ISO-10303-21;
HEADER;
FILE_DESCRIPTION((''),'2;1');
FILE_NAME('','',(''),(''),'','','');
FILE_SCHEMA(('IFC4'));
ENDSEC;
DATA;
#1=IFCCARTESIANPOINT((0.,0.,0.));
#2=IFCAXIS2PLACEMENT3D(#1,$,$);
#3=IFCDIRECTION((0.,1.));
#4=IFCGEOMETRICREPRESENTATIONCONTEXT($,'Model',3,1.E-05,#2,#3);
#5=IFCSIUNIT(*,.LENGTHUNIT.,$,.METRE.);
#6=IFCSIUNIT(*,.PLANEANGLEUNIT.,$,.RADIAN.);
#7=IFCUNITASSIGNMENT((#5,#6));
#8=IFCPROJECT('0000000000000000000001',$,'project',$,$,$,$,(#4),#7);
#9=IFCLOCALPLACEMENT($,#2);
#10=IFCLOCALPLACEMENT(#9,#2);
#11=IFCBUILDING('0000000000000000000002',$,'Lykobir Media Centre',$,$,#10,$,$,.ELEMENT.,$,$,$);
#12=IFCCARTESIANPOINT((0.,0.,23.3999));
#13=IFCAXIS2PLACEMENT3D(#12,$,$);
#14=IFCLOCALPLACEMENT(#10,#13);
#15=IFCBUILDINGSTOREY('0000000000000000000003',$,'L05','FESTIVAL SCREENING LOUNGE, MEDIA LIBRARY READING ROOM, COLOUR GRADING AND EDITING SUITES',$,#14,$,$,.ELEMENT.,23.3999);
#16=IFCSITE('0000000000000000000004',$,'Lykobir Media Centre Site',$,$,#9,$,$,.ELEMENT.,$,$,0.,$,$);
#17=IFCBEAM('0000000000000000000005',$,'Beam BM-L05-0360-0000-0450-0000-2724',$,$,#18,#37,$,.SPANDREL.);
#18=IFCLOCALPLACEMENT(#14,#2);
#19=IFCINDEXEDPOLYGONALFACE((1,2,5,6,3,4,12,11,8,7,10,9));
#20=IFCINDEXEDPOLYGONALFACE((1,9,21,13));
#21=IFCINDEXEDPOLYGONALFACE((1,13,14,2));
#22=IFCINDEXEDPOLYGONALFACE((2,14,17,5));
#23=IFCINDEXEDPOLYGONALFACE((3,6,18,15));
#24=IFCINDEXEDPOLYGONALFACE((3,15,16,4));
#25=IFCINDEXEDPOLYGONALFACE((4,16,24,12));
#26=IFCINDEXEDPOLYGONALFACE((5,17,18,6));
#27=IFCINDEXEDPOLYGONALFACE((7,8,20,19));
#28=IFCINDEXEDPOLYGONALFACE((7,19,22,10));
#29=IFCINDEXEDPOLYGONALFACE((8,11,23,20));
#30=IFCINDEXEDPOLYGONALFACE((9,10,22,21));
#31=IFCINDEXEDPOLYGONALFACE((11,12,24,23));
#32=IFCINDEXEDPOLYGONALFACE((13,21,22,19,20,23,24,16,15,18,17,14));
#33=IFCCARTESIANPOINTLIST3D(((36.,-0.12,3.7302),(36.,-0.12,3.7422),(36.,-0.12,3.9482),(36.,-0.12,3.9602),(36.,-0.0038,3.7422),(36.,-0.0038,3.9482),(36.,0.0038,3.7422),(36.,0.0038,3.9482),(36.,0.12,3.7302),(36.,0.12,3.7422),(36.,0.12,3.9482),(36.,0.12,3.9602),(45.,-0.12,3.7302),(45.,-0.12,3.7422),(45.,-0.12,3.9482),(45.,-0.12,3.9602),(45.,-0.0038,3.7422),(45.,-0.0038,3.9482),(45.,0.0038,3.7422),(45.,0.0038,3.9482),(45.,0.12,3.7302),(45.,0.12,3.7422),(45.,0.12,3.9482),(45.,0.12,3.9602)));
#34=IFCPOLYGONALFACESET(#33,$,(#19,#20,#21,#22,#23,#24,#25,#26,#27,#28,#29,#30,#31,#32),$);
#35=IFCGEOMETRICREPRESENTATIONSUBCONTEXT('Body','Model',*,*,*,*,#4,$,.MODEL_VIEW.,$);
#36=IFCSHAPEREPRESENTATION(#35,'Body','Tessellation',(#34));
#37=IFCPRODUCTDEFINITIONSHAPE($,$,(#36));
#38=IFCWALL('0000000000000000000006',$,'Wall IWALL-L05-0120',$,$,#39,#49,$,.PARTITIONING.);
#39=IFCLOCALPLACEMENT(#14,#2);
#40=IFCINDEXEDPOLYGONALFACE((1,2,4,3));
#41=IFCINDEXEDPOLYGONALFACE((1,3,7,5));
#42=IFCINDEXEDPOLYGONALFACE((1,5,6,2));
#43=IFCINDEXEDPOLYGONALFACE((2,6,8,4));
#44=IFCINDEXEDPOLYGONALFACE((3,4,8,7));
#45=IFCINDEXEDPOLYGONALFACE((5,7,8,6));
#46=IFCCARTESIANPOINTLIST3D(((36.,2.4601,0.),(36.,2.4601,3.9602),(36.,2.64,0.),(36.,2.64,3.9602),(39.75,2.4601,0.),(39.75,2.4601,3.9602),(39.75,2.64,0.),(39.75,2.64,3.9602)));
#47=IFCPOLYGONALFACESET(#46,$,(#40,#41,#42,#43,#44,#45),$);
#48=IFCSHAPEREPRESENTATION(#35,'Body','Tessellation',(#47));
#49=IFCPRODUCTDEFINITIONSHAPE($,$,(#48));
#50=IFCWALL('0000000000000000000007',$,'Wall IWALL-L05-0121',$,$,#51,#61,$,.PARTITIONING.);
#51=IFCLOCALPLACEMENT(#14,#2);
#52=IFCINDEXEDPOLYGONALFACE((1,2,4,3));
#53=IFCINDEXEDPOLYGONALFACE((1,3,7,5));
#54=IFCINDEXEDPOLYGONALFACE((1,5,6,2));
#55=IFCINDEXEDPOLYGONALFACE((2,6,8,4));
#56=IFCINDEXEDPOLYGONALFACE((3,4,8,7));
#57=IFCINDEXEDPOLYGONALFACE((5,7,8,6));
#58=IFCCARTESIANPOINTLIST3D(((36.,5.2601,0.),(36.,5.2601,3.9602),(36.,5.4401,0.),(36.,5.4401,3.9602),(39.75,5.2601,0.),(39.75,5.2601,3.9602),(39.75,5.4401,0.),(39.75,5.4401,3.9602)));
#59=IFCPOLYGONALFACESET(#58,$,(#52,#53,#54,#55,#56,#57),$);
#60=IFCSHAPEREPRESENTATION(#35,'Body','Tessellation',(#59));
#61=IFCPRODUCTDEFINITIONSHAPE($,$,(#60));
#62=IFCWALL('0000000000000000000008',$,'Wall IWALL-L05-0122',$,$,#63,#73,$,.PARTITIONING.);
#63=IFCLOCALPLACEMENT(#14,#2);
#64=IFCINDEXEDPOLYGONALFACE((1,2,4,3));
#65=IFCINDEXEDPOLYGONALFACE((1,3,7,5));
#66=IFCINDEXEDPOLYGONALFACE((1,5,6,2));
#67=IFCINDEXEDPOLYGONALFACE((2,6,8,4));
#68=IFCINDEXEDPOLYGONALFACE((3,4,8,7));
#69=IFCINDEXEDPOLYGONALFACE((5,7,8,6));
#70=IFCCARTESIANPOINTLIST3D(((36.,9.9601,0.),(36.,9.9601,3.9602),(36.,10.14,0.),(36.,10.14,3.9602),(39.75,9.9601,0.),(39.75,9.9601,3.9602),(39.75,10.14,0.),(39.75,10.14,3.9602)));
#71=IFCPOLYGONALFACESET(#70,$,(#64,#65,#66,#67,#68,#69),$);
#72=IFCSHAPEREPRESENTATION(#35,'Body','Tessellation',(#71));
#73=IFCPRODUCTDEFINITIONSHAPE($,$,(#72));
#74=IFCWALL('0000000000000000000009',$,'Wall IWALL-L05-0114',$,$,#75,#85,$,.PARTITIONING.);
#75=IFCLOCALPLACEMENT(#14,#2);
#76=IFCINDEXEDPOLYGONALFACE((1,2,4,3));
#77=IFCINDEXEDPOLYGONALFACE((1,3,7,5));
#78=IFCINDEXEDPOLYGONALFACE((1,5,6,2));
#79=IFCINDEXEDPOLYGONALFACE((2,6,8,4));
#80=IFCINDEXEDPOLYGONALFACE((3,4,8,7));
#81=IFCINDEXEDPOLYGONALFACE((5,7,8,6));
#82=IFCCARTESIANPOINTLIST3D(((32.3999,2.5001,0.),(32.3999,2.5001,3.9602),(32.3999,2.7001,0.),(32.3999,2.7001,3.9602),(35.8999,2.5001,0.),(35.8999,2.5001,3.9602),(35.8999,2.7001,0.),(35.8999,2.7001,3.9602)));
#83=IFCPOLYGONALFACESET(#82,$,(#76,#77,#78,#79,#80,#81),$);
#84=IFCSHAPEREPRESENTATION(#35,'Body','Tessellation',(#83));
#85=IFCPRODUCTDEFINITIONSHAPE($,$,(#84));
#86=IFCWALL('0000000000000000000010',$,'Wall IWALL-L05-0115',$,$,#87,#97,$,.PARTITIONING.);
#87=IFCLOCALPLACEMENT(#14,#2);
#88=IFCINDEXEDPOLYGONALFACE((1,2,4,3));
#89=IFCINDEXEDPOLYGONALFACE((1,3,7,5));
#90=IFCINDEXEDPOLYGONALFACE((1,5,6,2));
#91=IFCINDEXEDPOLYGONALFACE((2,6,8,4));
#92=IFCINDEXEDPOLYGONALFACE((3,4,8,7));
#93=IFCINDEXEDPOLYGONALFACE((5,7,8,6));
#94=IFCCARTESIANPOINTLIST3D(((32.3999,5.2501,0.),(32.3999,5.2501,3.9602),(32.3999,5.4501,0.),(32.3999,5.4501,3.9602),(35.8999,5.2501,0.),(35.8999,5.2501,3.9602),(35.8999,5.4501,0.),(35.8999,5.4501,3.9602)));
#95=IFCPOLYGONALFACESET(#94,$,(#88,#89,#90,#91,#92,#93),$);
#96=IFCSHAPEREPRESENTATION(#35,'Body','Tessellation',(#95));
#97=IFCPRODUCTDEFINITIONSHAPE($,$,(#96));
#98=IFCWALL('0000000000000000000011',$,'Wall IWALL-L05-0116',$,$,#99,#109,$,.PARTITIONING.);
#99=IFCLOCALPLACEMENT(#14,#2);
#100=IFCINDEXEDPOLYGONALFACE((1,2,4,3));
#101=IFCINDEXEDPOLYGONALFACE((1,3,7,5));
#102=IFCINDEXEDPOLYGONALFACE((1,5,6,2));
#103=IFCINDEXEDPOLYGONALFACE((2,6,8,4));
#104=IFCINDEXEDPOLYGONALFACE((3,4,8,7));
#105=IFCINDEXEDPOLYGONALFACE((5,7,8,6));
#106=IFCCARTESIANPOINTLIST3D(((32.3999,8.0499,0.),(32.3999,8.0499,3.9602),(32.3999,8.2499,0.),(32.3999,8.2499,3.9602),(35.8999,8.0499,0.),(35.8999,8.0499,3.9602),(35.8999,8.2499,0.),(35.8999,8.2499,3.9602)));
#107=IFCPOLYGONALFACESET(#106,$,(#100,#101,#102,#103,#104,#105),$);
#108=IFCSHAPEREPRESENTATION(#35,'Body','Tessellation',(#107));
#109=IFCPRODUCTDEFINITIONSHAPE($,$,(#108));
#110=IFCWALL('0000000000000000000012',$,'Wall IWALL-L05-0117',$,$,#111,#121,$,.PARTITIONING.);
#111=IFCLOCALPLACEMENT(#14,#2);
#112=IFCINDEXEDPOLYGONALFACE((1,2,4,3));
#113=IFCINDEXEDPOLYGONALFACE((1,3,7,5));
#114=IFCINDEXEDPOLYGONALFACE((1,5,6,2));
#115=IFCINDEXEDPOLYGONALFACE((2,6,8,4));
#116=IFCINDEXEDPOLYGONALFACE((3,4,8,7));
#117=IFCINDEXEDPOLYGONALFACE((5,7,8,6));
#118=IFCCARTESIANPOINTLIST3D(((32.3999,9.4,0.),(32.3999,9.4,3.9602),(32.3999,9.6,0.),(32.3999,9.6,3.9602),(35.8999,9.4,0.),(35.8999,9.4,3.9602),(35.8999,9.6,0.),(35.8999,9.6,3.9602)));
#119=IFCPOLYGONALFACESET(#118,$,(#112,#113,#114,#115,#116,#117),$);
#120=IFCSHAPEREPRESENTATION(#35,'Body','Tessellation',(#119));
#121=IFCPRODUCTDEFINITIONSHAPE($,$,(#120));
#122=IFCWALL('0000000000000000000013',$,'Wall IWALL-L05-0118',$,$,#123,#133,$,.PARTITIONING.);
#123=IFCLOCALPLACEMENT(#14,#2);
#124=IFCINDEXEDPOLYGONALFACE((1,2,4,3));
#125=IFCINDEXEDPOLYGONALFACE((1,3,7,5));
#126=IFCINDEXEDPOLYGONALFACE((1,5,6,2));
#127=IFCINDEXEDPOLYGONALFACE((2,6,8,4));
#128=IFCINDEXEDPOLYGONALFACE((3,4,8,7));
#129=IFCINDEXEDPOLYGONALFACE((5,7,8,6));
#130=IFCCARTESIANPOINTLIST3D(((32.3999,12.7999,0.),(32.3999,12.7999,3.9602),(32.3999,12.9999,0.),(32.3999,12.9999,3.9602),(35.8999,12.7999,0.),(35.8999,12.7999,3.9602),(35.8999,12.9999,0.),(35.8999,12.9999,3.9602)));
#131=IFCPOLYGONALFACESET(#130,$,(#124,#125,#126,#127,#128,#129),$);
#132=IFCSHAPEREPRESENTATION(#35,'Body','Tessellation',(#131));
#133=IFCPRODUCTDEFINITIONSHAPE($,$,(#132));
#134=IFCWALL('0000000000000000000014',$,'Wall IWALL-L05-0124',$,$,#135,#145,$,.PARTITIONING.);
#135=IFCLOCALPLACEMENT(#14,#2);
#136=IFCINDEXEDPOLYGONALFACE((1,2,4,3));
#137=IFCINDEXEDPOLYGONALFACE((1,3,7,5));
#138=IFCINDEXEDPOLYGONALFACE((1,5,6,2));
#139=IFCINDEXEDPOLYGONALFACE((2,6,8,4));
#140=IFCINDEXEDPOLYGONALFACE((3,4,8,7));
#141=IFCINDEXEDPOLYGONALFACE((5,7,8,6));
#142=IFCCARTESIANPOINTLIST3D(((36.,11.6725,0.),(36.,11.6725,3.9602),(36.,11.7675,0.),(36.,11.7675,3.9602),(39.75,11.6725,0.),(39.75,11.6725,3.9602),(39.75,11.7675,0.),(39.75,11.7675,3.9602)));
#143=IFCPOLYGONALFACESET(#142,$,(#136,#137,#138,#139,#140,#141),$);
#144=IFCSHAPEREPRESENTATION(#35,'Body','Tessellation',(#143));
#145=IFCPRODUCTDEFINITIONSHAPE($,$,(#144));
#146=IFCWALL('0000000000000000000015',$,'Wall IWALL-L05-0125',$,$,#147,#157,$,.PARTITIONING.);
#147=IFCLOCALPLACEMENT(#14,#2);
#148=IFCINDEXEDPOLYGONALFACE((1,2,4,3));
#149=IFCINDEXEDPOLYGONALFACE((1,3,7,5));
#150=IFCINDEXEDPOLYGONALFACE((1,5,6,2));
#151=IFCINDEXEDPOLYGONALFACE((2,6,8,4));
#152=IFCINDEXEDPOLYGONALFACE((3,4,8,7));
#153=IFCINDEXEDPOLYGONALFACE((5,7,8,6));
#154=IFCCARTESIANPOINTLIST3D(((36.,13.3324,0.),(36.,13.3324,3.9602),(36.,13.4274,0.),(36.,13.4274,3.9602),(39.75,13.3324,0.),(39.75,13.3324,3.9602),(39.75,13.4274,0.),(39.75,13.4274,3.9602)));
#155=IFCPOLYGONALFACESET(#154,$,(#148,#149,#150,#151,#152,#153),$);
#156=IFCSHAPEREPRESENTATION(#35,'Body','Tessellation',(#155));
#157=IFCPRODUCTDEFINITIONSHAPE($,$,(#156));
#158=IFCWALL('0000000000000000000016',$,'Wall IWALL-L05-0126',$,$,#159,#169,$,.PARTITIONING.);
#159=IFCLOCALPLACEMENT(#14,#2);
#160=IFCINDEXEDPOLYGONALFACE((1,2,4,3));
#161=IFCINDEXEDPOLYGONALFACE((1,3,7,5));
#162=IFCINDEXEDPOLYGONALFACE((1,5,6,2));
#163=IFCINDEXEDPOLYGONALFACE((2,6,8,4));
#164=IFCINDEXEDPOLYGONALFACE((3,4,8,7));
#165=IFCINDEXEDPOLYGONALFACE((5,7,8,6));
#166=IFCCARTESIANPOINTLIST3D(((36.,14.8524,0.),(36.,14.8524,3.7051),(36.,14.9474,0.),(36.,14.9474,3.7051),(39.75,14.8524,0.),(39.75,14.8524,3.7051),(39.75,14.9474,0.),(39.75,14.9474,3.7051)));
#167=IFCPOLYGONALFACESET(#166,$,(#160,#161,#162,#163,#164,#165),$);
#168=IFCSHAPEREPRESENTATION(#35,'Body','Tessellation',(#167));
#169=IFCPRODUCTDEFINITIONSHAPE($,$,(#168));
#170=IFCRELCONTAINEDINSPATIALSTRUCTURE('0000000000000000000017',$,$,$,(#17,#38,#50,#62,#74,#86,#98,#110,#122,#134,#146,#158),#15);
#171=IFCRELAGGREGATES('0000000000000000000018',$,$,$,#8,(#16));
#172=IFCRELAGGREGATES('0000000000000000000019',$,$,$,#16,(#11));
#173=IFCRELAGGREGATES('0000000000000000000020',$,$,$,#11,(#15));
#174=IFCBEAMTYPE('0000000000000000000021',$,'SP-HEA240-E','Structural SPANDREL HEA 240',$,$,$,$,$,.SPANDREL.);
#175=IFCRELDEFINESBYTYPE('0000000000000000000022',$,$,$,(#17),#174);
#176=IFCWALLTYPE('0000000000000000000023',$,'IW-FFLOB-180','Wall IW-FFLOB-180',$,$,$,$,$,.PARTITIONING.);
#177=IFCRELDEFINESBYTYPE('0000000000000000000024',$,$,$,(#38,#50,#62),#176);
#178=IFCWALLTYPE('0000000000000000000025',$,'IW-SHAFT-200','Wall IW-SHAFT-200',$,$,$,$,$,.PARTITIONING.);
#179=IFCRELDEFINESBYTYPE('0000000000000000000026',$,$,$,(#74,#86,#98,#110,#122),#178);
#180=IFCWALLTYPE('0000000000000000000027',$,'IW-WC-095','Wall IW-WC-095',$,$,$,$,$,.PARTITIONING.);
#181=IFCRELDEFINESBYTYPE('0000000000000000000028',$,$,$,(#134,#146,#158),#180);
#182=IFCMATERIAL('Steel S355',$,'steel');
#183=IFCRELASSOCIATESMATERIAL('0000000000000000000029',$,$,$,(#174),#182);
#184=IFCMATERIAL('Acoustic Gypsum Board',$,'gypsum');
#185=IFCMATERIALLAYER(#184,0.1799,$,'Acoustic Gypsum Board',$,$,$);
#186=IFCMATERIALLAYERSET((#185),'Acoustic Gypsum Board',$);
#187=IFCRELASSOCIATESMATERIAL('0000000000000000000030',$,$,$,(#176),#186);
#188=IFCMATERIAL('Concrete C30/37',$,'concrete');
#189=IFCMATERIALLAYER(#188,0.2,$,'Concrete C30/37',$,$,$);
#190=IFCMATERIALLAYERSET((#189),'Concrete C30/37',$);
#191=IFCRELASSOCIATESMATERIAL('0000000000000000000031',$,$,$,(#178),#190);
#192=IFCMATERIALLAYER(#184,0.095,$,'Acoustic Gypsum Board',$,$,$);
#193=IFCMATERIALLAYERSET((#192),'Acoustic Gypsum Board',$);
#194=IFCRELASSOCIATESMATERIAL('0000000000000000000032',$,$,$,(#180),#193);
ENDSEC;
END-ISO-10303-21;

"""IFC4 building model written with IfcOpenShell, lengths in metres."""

from ifc_helpers import new_model, si_unit, direction, frame, frame_2d, origin, origin_2d, place, context, subcontext, project, spatial, rectangle, i_section, extrude, material, layer, layer_set, material_profile, profile_set, type_object, element, save


model = new_model("IFC4")

# Units and contexts
model_context = context("Model", 3, precision=1e-05, world=origin(), true_north=direction((0.0, 1.0)))
body_context = subcontext(model_context, "Body", "Model", "MODEL_VIEW")
ifc_project = project(units=[si_unit("LENGTHUNIT", "METRE"), si_unit("PLANEANGLEUNIT", "RADIAN")], contexts=[model_context])

# Site, building, storey
site_placement = place(None, origin())
site = spatial("IfcSite", under=ifc_project, at=site_placement, Name="Lykobir Media Centre Site", CompositionType="ELEMENT", RefElevation=0.0)
building_placement = place(site_placement, origin())
building = spatial("IfcBuilding", under=site, at=building_placement, Name="Lykobir Media Centre", CompositionType="ELEMENT")
storey_placement = place(building_placement, frame((0.0, 0.0, 23.3999)))
storey = spatial("IfcBuildingStorey", under=building, at=storey_placement, Name="L05", Description="FESTIVAL SCREENING LOUNGE, MEDIA LIBRARY READING ROOM, COLOUR GRADING AND EDITING SUITES", CompositionType="ELEMENT", Elevation=23.3999)

# Shared definitions
ifc_material_1 = material(Name="Steel S355", Category="steel")

# Beam
ifc_material_profile_1 = material_profile(ifc_material_1, i_section(OverallWidth=0.24, OverallDepth=0.23, WebThickness=0.0076, FlangeThickness=0.012, at=origin_2d()), Name="HEA 240")
ifc_profile_set_1 = profile_set([ifc_material_profile_1], Name="Steel S355")
beam_type_1 = type_object("IfcBeamType", Name="SP-HEA240-E", Description="Structural SPANDREL HEA 240", PredefinedType="SPANDREL", material=ifc_profile_set_1)
beam_1_placement = place(storey_placement, frame((36.0, 0.0, 3.8452), z_axis=(1.0, 0.0, 0.0), x_axis=(0.0, 1.0, 0.0)))
element("IfcBeam", 1, at=beam_1_placement, inside=storey, type_object=beam_type_1, Name="Beam BM-L05-0360-0000-0450-0000-2724", PredefinedType="SPANDREL", context=body_context, shape_type="SweptSolid", body=[
    extrude(i_section(OverallWidth=0.24, OverallDepth=0.23, WebThickness=0.0076, FlangeThickness=0.012, at=origin_2d()), origin(), (0.0, 0.0, 1.0), 9.0),
])

# Walls
ifc_material_2 = material(Name="Acoustic Gypsum Board", Category="gypsum")
ifc_layer_1 = layer(ifc_material_2, 0.1799, Name="Acoustic Gypsum Board")
ifc_layer_set_1 = layer_set([ifc_layer_1], Name="Acoustic Gypsum Board")
wall_type_1 = type_object("IfcWallType", Name="IW-FFLOB-180", Description="Wall IW-FFLOB-180", PredefinedType="PARTITIONING", material=ifc_layer_set_1)
for number, where, z_axis, x_axis, name in (
    (2, (36.0, 2.55, 0.0), (0.0, 0.0, 1.0), (1.0, 0.0, 0.0), "Wall IWALL-L05-0120"),
    (3, (36.0, 5.3501, 0.0), (0.0, 0.0, 1.0), (1.0, 0.0, 0.0), "Wall IWALL-L05-0121"),
    (4, (36.0, 10.05, 0.0), (0.0, 0.0, 1.0), (1.0, 0.0, 0.0), "Wall IWALL-L05-0122"),
):
    element("IfcWall", number, at=place(storey_placement, frame(where, z_axis=z_axis, x_axis=x_axis)), inside=storey, type_object=wall_type_1, Name=name, PredefinedType="PARTITIONING", context=body_context, shape_type="SweptSolid", body=[
        extrude(rectangle(XDim=3.75, YDim=0.1799, at=frame_2d((1.875, 0.0))), origin(), (0.0, 0.0, 1.0), 3.9602),
    ])
ifc_material_3 = material(Name="Concrete C30/37", Category="concrete")
ifc_layer_2 = layer(ifc_material_3, 0.2, Name="Concrete C30/37")
ifc_layer_set_2 = layer_set([ifc_layer_2], Name="Concrete C30/37")
wall_type_2 = type_object("IfcWallType", Name="IW-SHAFT-200", Description="Wall IW-SHAFT-200", PredefinedType="PARTITIONING", material=ifc_layer_set_2)
for number, where, z_axis, x_axis, name in (
    (5, (32.3999, 2.6001, 0.0), (0.0, 0.0, 1.0), (1.0, 0.0, 0.0), "Wall IWALL-L05-0114"),
    (6, (32.3999, 5.3501, 0.0), (0.0, 0.0, 1.0), (1.0, 0.0, 0.0), "Wall IWALL-L05-0115"),
    (7, (32.3999, 8.1499, 0.0), (0.0, 0.0, 1.0), (1.0, 0.0, 0.0), "Wall IWALL-L05-0116"),
    (8, (32.3999, 9.5, 0.0), (0.0, 0.0, 1.0), (1.0, 0.0, 0.0), "Wall IWALL-L05-0117"),
    (9, (32.3999, 12.8999, 0.0), (0.0, 0.0, 1.0), (1.0, 0.0, 0.0), "Wall IWALL-L05-0118"),
):
    element("IfcWall", number, at=place(storey_placement, frame(where, z_axis=z_axis, x_axis=x_axis)), inside=storey, type_object=wall_type_2, Name=name, PredefinedType="PARTITIONING", context=body_context, shape_type="SweptSolid", body=[
        extrude(rectangle(XDim=3.5, YDim=0.2, at=frame_2d((1.75, 0.0))), origin(), (0.0, 0.0, 1.0), 3.9602),
    ])
ifc_layer_3 = layer(ifc_material_2, 0.095, Name="Acoustic Gypsum Board")
ifc_layer_set_3 = layer_set([ifc_layer_3], Name="Acoustic Gypsum Board")
wall_type_3 = type_object("IfcWallType", Name="IW-WC-095", Description="Wall IW-WC-095", PredefinedType="PARTITIONING", material=ifc_layer_set_3)
for number, where, z_axis, x_axis, name in (
    (10, (36.0, 11.72, 0.0), (0.0, 0.0, 1.0), (1.0, 0.0, 0.0), "Wall IWALL-L05-0124"),
    (11, (36.0, 13.3799, 0.0), (0.0, 0.0, 1.0), (1.0, 0.0, 0.0), "Wall IWALL-L05-0125"),
):
    element("IfcWall", number, at=place(storey_placement, frame(where, z_axis=z_axis, x_axis=x_axis)), inside=storey, type_object=wall_type_3, Name=name, PredefinedType="PARTITIONING", context=body_context, shape_type="SweptSolid", body=[
        extrude(rectangle(XDim=3.75, YDim=0.095, at=frame_2d((1.875, 0.0))), origin(), (0.0, 0.0, 1.0), 3.9602),
    ])
wall_1_placement = place(storey_placement, frame((36.0, 14.8999, 0.0), z_axis=(0.0, 0.0, 1.0), x_axis=(1.0, 0.0, 0.0)))
element("IfcWall", 12, at=wall_1_placement, inside=storey, type_object=wall_type_3, Name="Wall IWALL-L05-0126", PredefinedType="PARTITIONING", context=body_context, shape_type="SweptSolid", body=[
    extrude(rectangle(XDim=3.75, YDim=0.095, at=frame_2d((1.875, 0.0))), origin(), (0.0, 0.0, 1.0), 3.7051),
])

save(model, "model.ifc")
